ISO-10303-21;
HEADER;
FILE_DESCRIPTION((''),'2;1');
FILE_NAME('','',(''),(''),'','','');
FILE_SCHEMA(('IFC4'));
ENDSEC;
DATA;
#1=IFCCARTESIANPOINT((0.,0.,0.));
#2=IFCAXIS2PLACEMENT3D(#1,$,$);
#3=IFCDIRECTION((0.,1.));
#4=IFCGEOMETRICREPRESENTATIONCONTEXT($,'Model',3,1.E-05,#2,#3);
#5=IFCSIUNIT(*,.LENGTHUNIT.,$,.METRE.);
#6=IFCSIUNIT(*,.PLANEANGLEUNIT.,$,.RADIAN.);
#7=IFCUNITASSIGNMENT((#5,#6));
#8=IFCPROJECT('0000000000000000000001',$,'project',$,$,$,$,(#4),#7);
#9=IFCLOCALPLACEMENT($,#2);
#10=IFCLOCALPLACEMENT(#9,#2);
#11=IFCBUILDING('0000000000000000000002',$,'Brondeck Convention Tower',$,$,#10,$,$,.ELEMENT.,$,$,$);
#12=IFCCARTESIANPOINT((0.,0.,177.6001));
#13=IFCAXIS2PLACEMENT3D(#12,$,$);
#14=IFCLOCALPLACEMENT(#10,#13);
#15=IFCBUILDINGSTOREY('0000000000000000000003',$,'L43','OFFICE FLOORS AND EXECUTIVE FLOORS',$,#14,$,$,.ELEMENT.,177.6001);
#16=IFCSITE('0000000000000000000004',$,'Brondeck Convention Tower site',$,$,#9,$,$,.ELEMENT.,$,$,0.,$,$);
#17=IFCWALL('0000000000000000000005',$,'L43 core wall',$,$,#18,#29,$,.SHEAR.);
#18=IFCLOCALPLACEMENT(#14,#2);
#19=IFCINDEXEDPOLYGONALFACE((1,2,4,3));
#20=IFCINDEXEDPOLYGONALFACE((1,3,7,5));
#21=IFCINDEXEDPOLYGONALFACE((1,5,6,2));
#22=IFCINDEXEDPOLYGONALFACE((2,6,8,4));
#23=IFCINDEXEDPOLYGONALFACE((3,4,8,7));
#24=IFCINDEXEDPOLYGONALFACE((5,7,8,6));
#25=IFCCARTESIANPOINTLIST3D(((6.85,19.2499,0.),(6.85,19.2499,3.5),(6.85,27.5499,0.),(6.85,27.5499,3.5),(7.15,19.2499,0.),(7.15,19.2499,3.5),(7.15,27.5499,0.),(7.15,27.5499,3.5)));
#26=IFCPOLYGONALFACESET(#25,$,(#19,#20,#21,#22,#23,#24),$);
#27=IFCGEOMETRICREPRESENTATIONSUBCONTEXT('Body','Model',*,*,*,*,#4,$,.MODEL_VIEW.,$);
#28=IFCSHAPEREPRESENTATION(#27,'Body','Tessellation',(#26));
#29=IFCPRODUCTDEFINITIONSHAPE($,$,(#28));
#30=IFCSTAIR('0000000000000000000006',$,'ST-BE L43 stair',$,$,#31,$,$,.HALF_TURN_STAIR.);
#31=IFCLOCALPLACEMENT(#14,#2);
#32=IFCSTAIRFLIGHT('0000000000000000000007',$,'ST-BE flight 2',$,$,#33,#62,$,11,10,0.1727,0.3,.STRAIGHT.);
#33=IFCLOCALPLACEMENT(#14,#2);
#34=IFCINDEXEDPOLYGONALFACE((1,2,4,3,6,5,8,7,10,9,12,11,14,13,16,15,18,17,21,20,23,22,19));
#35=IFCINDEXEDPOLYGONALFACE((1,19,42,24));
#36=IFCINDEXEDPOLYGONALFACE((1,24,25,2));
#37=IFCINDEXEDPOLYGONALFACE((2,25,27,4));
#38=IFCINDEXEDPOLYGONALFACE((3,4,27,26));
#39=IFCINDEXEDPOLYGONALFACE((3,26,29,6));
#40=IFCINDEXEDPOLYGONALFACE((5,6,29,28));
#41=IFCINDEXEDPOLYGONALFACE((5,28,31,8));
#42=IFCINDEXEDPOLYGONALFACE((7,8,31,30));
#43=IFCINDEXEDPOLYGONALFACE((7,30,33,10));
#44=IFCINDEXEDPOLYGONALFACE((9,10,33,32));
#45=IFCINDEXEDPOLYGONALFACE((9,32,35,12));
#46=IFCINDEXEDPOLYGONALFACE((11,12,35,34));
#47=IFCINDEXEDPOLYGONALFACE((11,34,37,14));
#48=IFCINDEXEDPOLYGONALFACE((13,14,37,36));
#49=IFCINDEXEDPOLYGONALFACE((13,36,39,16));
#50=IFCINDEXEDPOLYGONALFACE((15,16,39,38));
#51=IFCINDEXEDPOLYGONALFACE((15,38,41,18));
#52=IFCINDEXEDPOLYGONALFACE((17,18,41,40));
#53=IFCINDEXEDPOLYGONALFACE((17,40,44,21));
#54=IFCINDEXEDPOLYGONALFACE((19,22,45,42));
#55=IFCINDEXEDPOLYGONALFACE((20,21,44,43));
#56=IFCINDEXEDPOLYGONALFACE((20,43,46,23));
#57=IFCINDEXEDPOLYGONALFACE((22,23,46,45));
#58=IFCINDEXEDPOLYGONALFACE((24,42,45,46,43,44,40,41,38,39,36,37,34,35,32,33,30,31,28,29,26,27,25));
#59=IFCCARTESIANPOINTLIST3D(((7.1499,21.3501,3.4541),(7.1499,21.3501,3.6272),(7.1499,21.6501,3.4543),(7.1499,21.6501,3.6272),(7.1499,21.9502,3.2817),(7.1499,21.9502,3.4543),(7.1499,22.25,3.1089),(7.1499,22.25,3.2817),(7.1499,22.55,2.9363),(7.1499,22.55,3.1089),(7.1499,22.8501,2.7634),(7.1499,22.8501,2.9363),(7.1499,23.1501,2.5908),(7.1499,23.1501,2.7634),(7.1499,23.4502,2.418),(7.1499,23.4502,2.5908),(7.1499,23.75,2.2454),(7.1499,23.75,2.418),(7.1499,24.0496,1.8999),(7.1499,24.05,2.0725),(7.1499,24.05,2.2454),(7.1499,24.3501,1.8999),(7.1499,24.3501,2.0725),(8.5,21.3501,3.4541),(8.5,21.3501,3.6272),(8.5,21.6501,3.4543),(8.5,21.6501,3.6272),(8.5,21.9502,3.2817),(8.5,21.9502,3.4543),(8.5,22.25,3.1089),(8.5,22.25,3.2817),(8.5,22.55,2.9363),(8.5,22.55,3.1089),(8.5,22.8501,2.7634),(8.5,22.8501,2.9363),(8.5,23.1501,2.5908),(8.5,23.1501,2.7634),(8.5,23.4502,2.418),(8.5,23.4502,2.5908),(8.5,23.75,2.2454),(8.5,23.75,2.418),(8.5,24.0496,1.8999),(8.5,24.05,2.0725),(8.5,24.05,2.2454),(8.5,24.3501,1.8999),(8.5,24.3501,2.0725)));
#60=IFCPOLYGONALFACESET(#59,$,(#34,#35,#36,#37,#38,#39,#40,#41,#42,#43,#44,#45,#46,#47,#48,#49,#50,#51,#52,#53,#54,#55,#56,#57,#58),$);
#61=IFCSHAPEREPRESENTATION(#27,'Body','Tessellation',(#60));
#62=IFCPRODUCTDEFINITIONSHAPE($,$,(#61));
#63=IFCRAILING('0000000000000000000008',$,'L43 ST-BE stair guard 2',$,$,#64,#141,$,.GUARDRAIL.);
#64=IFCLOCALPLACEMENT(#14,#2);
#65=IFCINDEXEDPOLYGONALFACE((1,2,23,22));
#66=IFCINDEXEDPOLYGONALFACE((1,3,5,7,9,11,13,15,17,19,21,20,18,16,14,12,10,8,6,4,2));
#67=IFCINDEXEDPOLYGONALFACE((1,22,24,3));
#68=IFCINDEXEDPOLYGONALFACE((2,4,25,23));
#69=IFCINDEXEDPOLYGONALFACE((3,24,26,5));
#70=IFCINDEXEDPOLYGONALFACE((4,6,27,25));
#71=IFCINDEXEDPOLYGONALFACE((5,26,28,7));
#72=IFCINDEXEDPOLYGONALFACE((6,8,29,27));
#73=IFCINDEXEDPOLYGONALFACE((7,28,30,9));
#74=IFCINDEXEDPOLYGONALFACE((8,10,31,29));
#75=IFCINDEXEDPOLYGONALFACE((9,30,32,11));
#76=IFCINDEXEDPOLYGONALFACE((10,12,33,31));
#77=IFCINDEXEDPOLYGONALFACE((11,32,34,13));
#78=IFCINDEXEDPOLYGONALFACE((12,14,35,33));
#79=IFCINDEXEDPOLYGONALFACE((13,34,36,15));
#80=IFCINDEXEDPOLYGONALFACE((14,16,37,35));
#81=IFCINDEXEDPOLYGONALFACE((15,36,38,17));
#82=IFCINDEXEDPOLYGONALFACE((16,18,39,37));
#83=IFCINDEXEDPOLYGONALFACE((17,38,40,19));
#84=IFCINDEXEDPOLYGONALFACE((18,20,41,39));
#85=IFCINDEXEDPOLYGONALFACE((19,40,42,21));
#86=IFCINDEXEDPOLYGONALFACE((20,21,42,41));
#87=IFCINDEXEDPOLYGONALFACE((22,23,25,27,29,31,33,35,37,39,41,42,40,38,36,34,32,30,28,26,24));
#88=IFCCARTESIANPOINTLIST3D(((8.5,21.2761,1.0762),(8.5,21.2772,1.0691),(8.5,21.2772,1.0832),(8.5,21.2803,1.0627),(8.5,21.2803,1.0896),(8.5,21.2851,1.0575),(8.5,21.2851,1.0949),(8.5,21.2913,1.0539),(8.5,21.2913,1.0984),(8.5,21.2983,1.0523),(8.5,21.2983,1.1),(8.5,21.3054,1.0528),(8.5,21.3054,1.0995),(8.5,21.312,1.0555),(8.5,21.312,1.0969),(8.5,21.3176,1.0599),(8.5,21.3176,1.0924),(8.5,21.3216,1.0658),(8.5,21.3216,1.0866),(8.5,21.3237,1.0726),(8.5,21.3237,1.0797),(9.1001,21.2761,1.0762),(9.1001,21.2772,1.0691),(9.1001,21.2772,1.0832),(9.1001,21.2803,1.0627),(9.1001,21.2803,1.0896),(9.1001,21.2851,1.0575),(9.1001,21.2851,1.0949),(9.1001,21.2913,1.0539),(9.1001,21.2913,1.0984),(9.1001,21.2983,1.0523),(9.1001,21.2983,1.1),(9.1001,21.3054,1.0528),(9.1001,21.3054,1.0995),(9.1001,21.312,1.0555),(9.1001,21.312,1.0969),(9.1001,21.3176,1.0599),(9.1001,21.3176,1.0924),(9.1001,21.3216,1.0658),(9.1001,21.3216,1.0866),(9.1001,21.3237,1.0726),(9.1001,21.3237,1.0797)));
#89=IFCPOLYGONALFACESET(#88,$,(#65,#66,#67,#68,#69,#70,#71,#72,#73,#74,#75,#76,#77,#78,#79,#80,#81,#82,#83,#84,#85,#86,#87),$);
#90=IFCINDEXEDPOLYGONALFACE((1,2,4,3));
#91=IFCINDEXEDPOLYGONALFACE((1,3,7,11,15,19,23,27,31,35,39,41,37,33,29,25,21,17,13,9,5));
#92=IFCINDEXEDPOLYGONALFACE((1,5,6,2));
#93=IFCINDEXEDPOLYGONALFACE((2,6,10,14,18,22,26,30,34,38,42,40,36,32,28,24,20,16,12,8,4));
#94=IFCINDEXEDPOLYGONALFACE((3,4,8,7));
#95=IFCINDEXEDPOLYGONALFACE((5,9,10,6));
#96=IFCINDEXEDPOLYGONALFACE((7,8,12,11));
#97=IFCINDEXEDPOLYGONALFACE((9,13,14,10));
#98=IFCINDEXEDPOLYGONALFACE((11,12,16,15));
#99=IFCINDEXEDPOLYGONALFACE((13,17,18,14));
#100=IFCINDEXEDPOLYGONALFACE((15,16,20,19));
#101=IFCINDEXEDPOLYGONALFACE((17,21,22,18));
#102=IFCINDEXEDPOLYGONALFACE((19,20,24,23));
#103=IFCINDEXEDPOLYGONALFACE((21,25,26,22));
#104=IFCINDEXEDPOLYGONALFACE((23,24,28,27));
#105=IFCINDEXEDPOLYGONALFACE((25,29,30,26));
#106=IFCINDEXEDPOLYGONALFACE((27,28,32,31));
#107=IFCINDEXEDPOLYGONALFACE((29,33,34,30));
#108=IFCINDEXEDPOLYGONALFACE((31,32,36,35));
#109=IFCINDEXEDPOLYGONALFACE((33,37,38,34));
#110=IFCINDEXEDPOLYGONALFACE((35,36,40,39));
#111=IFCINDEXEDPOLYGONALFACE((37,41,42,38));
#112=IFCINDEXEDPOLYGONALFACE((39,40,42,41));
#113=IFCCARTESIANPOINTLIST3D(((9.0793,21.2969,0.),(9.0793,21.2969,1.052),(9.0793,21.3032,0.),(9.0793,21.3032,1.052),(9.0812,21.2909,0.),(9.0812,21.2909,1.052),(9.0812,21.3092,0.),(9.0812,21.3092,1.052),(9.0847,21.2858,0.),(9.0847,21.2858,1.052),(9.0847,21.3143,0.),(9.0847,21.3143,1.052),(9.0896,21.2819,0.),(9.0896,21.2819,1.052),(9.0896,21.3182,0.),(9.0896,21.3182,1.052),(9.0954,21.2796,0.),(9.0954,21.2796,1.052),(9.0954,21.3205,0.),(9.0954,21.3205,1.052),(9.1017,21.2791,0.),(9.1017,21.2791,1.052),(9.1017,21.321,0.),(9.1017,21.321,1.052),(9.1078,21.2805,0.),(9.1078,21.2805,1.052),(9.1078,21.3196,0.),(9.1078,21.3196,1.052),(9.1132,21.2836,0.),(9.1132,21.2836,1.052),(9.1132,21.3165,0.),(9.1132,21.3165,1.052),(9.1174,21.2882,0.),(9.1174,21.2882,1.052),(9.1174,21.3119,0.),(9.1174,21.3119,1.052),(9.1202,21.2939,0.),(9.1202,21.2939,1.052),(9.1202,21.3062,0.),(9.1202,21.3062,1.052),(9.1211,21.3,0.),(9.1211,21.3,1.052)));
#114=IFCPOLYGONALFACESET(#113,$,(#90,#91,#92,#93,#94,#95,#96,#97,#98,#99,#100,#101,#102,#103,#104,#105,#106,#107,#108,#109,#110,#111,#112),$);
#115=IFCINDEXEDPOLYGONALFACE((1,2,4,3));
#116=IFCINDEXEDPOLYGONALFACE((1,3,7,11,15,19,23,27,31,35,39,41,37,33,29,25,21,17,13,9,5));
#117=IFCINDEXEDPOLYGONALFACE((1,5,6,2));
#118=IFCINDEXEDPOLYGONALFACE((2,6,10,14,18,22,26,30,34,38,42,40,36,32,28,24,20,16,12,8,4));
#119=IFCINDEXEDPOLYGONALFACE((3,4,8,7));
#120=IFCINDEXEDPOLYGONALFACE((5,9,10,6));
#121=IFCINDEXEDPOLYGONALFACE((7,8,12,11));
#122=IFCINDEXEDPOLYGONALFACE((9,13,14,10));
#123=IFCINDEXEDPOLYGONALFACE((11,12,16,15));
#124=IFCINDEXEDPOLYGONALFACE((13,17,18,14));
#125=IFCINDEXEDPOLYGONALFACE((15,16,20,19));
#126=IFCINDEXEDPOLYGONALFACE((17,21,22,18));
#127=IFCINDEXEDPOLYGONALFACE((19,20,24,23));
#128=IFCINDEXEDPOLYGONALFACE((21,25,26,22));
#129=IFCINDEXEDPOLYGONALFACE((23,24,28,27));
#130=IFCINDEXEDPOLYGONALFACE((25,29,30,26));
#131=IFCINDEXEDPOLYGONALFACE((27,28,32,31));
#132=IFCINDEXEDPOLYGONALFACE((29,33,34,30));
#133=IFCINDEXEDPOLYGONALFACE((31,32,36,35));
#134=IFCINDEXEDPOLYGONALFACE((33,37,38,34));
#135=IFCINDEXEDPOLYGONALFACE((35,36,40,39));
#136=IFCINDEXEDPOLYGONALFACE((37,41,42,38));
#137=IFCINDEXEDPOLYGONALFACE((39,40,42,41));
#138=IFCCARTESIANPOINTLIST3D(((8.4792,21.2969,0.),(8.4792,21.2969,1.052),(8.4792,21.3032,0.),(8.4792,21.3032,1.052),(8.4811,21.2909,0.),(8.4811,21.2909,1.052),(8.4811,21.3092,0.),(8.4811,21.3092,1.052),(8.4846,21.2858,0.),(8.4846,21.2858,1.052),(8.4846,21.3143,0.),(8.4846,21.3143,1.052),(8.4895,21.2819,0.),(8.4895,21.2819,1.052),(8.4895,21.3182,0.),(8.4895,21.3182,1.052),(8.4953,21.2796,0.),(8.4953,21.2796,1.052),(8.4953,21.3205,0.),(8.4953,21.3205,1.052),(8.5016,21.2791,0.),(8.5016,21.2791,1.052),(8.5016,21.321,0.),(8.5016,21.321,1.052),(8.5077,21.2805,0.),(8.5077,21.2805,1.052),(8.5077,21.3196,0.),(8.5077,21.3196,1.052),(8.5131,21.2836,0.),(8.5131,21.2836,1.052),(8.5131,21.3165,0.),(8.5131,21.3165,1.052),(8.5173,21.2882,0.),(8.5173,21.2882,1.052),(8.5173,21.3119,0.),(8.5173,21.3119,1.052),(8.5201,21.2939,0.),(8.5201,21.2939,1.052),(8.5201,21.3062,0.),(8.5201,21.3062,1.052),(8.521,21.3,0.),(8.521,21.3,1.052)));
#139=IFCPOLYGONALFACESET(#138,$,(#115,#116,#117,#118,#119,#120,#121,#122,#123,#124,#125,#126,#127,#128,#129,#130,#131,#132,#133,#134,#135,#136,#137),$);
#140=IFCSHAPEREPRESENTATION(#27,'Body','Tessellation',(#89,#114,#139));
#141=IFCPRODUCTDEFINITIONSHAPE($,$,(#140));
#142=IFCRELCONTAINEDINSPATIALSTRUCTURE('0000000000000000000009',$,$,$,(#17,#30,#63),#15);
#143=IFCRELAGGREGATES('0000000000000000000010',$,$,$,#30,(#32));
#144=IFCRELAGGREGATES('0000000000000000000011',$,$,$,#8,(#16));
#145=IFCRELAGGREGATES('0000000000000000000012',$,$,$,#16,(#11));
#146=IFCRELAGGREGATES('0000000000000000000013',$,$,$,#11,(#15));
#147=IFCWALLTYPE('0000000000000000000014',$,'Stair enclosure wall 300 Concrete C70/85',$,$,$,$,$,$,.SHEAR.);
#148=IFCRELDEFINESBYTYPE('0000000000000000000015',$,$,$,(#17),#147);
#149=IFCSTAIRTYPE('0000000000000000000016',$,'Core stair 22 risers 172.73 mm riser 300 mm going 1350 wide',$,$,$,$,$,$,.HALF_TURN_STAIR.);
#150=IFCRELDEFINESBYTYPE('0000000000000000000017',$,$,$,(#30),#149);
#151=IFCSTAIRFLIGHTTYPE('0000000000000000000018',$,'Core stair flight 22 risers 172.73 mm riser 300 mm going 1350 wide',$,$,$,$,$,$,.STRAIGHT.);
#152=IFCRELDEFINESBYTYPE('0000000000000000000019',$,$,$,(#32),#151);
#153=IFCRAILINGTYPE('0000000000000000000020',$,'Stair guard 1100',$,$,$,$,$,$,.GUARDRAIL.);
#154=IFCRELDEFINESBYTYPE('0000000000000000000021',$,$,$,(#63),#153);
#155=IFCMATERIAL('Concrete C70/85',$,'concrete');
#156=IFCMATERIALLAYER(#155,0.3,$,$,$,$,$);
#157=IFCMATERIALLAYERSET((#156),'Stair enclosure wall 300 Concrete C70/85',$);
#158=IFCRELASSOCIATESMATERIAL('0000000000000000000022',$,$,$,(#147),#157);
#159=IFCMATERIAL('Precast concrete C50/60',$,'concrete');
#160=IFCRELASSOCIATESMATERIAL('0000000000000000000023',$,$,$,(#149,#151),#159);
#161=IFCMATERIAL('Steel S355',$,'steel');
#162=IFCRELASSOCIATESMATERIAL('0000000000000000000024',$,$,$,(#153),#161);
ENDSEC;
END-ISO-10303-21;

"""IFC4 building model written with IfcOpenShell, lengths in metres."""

from ifc_helpers import new_model, si_unit, direction, frame, frame_2d, origin, origin_2d, place, context, subcontext, project, spatial, polyline, rectangle, circle, outline, extrude, material, layer, layer_set, type_object, element, aggregate, save


model = new_model("IFC4")

# Units and contexts
model_context = context("Model", 3, precision=1e-05, world=origin(), true_north=direction((0.0, 1.0)))
body_context = subcontext(model_context, "Body", "Model", "MODEL_VIEW")
ifc_project = project(units=[si_unit("LENGTHUNIT", "METRE"), si_unit("PLANEANGLEUNIT", "RADIAN")], contexts=[model_context])

# Site, building, storey
site_placement = place(None, origin())
site = spatial("IfcSite", under=ifc_project, at=site_placement, Name="Brondeck Convention Tower site", CompositionType="ELEMENT", RefElevation=0.0)
building_placement = place(site_placement, origin())
building = spatial("IfcBuilding", under=site, at=building_placement, Name="Brondeck Convention Tower", CompositionType="ELEMENT")
storey_placement = place(building_placement, frame((0.0, 0.0, 177.6001)))
storey = spatial("IfcBuildingStorey", under=building, at=storey_placement, Name="L43", Description="OFFICE FLOORS AND EXECUTIVE FLOORS", CompositionType="ELEMENT", Elevation=177.6001)

# Shared definitions
ifc_material_1 = material(Name="Concrete C70/85", Category="concrete")

# Shared definitions
ifc_material_2 = material(Name="Steel S355", Category="steel")

# Wall
ifc_layer_1 = layer(ifc_material_1, 0.3)
ifc_layer_set_1 = layer_set([ifc_layer_1], Name="Stair enclosure wall 300 Concrete C70/85")
wall_type_1 = type_object("IfcWallType", Name="Stair enclosure wall 300 Concrete C70/85", PredefinedType="SHEAR", material=ifc_layer_set_1)
wall_1_placement = place(storey_placement, frame((7.0, 19.25, 0.0), z_axis=(0.0, 0.0, 1.0), x_axis=(0.0, 1.0, 0.0)))
element("IfcWall", 1, at=wall_1_placement, inside=storey, type_object=wall_type_1, Name="L43 core wall", PredefinedType="SHEAR", context=body_context, shape_type="SweptSolid", body=[
    extrude(rectangle(XDim=8.3, YDim=0.3, at=frame_2d((4.1499, 0.0))), origin(), (0.0, 0.0, 1.0), 3.5),
])

# Stair, stair flight
ifc_material_3 = material(Name="Precast concrete C50/60", Category="concrete")
stair_type = type_object("IfcStairType", Name="Core stair 22 risers 172.73 mm riser 300 mm going 1350 wide", PredefinedType="HALF_TURN_STAIR", material=ifc_material_3)
stair_placement = place(storey_placement, origin())
stair = element("IfcStair", 2, at=stair_placement, inside=storey, type_object=stair_type, Name="ST-BE L43 stair", PredefinedType="HALF_TURN_STAIR")
stair_flight_type = type_object("IfcStairFlightType", Name="Core stair flight 22 risers 172.73 mm riser 300 mm going 1350 wide", PredefinedType="STRAIGHT", material=ifc_material_3)
stair_flight_placement = place(storey_placement, frame((7.825, 24.3501, 1.8999), z_axis=(0.0, 0.0, 1.0), x_axis=(0.0, -1.0, 0.0)))
stair_flight = element("IfcStairFlight", 3, at=stair_flight_placement, type_object=stair_flight_type, Name="ST-BE flight 2", NumberOfRisers=11, NumberOfTreads=10, PredefinedType="STRAIGHT", RiserHeight=0.1727, TreadLength=0.3, context=body_context, shape_type="SweptSolid", body=[
    extrude(outline(polyline([(0.0, 0.0), (0.0, 0.1726), (0.3, 0.1726), (0.3, 0.3455), (0.6001, 0.3455), (0.6001, 0.5181), (0.8999, 0.5181), (0.8999, 0.6909), (1.2, 0.6909), (1.2, 0.8635), (1.5, 0.8635), (1.5, 1.0364), (1.8, 1.0364), (1.8, 1.209), (2.1001, 1.209), (2.1001, 1.3818), (2.3999, 1.3818), (2.3999, 1.5544), (2.7, 1.5544), (2.7, 1.7273), (3.0, 1.7273), (3.0, 1.8999), (3.0, 1.5542), (0.3005, 0.0), (0.0, 0.0)])), frame((0.0, 0.675, 0.0), z_axis=(0.0, -1.0, 0.0), x_axis=(1.0, 0.0, 0.0)), (0.0, 0.0, 1.0), 1.3501),
])
aggregate(stair, [stair_flight])

# Railing
railing_type_1 = type_object("IfcRailingType", Name="Stair guard 1100", PredefinedType="GUARDRAIL", material=ifc_material_2)
railing_1_placement = place(storey_placement, frame((9.1001, 21.3, 0.0)))
element("IfcRailing", 4, at=railing_1_placement, inside=storey, type_object=railing_type_1, Name="L43 ST-BE stair guard 2", PredefinedType="GUARDRAIL", context=body_context, shape_type="SweptSolid", body=[
    extrude(circle(Radius=0.0239, at=origin_2d()), frame((0.0, 0.0, 1.0762), z_axis=(-1.0, 0.0, 0.0), x_axis=(0.0, -1.0, 0.0)), (0.0, 0.0, 1.0), 0.6001),
    extrude(circle(Radius=0.021, at=origin_2d()), origin(), (0.0, 0.0, 1.0), 1.052),
    extrude(circle(Radius=0.021, at=origin_2d()), frame((-0.6001, 0.0, 0.0)), (0.0, 0.0, 1.0), 1.052),
])

save(model, "model.ifc")
